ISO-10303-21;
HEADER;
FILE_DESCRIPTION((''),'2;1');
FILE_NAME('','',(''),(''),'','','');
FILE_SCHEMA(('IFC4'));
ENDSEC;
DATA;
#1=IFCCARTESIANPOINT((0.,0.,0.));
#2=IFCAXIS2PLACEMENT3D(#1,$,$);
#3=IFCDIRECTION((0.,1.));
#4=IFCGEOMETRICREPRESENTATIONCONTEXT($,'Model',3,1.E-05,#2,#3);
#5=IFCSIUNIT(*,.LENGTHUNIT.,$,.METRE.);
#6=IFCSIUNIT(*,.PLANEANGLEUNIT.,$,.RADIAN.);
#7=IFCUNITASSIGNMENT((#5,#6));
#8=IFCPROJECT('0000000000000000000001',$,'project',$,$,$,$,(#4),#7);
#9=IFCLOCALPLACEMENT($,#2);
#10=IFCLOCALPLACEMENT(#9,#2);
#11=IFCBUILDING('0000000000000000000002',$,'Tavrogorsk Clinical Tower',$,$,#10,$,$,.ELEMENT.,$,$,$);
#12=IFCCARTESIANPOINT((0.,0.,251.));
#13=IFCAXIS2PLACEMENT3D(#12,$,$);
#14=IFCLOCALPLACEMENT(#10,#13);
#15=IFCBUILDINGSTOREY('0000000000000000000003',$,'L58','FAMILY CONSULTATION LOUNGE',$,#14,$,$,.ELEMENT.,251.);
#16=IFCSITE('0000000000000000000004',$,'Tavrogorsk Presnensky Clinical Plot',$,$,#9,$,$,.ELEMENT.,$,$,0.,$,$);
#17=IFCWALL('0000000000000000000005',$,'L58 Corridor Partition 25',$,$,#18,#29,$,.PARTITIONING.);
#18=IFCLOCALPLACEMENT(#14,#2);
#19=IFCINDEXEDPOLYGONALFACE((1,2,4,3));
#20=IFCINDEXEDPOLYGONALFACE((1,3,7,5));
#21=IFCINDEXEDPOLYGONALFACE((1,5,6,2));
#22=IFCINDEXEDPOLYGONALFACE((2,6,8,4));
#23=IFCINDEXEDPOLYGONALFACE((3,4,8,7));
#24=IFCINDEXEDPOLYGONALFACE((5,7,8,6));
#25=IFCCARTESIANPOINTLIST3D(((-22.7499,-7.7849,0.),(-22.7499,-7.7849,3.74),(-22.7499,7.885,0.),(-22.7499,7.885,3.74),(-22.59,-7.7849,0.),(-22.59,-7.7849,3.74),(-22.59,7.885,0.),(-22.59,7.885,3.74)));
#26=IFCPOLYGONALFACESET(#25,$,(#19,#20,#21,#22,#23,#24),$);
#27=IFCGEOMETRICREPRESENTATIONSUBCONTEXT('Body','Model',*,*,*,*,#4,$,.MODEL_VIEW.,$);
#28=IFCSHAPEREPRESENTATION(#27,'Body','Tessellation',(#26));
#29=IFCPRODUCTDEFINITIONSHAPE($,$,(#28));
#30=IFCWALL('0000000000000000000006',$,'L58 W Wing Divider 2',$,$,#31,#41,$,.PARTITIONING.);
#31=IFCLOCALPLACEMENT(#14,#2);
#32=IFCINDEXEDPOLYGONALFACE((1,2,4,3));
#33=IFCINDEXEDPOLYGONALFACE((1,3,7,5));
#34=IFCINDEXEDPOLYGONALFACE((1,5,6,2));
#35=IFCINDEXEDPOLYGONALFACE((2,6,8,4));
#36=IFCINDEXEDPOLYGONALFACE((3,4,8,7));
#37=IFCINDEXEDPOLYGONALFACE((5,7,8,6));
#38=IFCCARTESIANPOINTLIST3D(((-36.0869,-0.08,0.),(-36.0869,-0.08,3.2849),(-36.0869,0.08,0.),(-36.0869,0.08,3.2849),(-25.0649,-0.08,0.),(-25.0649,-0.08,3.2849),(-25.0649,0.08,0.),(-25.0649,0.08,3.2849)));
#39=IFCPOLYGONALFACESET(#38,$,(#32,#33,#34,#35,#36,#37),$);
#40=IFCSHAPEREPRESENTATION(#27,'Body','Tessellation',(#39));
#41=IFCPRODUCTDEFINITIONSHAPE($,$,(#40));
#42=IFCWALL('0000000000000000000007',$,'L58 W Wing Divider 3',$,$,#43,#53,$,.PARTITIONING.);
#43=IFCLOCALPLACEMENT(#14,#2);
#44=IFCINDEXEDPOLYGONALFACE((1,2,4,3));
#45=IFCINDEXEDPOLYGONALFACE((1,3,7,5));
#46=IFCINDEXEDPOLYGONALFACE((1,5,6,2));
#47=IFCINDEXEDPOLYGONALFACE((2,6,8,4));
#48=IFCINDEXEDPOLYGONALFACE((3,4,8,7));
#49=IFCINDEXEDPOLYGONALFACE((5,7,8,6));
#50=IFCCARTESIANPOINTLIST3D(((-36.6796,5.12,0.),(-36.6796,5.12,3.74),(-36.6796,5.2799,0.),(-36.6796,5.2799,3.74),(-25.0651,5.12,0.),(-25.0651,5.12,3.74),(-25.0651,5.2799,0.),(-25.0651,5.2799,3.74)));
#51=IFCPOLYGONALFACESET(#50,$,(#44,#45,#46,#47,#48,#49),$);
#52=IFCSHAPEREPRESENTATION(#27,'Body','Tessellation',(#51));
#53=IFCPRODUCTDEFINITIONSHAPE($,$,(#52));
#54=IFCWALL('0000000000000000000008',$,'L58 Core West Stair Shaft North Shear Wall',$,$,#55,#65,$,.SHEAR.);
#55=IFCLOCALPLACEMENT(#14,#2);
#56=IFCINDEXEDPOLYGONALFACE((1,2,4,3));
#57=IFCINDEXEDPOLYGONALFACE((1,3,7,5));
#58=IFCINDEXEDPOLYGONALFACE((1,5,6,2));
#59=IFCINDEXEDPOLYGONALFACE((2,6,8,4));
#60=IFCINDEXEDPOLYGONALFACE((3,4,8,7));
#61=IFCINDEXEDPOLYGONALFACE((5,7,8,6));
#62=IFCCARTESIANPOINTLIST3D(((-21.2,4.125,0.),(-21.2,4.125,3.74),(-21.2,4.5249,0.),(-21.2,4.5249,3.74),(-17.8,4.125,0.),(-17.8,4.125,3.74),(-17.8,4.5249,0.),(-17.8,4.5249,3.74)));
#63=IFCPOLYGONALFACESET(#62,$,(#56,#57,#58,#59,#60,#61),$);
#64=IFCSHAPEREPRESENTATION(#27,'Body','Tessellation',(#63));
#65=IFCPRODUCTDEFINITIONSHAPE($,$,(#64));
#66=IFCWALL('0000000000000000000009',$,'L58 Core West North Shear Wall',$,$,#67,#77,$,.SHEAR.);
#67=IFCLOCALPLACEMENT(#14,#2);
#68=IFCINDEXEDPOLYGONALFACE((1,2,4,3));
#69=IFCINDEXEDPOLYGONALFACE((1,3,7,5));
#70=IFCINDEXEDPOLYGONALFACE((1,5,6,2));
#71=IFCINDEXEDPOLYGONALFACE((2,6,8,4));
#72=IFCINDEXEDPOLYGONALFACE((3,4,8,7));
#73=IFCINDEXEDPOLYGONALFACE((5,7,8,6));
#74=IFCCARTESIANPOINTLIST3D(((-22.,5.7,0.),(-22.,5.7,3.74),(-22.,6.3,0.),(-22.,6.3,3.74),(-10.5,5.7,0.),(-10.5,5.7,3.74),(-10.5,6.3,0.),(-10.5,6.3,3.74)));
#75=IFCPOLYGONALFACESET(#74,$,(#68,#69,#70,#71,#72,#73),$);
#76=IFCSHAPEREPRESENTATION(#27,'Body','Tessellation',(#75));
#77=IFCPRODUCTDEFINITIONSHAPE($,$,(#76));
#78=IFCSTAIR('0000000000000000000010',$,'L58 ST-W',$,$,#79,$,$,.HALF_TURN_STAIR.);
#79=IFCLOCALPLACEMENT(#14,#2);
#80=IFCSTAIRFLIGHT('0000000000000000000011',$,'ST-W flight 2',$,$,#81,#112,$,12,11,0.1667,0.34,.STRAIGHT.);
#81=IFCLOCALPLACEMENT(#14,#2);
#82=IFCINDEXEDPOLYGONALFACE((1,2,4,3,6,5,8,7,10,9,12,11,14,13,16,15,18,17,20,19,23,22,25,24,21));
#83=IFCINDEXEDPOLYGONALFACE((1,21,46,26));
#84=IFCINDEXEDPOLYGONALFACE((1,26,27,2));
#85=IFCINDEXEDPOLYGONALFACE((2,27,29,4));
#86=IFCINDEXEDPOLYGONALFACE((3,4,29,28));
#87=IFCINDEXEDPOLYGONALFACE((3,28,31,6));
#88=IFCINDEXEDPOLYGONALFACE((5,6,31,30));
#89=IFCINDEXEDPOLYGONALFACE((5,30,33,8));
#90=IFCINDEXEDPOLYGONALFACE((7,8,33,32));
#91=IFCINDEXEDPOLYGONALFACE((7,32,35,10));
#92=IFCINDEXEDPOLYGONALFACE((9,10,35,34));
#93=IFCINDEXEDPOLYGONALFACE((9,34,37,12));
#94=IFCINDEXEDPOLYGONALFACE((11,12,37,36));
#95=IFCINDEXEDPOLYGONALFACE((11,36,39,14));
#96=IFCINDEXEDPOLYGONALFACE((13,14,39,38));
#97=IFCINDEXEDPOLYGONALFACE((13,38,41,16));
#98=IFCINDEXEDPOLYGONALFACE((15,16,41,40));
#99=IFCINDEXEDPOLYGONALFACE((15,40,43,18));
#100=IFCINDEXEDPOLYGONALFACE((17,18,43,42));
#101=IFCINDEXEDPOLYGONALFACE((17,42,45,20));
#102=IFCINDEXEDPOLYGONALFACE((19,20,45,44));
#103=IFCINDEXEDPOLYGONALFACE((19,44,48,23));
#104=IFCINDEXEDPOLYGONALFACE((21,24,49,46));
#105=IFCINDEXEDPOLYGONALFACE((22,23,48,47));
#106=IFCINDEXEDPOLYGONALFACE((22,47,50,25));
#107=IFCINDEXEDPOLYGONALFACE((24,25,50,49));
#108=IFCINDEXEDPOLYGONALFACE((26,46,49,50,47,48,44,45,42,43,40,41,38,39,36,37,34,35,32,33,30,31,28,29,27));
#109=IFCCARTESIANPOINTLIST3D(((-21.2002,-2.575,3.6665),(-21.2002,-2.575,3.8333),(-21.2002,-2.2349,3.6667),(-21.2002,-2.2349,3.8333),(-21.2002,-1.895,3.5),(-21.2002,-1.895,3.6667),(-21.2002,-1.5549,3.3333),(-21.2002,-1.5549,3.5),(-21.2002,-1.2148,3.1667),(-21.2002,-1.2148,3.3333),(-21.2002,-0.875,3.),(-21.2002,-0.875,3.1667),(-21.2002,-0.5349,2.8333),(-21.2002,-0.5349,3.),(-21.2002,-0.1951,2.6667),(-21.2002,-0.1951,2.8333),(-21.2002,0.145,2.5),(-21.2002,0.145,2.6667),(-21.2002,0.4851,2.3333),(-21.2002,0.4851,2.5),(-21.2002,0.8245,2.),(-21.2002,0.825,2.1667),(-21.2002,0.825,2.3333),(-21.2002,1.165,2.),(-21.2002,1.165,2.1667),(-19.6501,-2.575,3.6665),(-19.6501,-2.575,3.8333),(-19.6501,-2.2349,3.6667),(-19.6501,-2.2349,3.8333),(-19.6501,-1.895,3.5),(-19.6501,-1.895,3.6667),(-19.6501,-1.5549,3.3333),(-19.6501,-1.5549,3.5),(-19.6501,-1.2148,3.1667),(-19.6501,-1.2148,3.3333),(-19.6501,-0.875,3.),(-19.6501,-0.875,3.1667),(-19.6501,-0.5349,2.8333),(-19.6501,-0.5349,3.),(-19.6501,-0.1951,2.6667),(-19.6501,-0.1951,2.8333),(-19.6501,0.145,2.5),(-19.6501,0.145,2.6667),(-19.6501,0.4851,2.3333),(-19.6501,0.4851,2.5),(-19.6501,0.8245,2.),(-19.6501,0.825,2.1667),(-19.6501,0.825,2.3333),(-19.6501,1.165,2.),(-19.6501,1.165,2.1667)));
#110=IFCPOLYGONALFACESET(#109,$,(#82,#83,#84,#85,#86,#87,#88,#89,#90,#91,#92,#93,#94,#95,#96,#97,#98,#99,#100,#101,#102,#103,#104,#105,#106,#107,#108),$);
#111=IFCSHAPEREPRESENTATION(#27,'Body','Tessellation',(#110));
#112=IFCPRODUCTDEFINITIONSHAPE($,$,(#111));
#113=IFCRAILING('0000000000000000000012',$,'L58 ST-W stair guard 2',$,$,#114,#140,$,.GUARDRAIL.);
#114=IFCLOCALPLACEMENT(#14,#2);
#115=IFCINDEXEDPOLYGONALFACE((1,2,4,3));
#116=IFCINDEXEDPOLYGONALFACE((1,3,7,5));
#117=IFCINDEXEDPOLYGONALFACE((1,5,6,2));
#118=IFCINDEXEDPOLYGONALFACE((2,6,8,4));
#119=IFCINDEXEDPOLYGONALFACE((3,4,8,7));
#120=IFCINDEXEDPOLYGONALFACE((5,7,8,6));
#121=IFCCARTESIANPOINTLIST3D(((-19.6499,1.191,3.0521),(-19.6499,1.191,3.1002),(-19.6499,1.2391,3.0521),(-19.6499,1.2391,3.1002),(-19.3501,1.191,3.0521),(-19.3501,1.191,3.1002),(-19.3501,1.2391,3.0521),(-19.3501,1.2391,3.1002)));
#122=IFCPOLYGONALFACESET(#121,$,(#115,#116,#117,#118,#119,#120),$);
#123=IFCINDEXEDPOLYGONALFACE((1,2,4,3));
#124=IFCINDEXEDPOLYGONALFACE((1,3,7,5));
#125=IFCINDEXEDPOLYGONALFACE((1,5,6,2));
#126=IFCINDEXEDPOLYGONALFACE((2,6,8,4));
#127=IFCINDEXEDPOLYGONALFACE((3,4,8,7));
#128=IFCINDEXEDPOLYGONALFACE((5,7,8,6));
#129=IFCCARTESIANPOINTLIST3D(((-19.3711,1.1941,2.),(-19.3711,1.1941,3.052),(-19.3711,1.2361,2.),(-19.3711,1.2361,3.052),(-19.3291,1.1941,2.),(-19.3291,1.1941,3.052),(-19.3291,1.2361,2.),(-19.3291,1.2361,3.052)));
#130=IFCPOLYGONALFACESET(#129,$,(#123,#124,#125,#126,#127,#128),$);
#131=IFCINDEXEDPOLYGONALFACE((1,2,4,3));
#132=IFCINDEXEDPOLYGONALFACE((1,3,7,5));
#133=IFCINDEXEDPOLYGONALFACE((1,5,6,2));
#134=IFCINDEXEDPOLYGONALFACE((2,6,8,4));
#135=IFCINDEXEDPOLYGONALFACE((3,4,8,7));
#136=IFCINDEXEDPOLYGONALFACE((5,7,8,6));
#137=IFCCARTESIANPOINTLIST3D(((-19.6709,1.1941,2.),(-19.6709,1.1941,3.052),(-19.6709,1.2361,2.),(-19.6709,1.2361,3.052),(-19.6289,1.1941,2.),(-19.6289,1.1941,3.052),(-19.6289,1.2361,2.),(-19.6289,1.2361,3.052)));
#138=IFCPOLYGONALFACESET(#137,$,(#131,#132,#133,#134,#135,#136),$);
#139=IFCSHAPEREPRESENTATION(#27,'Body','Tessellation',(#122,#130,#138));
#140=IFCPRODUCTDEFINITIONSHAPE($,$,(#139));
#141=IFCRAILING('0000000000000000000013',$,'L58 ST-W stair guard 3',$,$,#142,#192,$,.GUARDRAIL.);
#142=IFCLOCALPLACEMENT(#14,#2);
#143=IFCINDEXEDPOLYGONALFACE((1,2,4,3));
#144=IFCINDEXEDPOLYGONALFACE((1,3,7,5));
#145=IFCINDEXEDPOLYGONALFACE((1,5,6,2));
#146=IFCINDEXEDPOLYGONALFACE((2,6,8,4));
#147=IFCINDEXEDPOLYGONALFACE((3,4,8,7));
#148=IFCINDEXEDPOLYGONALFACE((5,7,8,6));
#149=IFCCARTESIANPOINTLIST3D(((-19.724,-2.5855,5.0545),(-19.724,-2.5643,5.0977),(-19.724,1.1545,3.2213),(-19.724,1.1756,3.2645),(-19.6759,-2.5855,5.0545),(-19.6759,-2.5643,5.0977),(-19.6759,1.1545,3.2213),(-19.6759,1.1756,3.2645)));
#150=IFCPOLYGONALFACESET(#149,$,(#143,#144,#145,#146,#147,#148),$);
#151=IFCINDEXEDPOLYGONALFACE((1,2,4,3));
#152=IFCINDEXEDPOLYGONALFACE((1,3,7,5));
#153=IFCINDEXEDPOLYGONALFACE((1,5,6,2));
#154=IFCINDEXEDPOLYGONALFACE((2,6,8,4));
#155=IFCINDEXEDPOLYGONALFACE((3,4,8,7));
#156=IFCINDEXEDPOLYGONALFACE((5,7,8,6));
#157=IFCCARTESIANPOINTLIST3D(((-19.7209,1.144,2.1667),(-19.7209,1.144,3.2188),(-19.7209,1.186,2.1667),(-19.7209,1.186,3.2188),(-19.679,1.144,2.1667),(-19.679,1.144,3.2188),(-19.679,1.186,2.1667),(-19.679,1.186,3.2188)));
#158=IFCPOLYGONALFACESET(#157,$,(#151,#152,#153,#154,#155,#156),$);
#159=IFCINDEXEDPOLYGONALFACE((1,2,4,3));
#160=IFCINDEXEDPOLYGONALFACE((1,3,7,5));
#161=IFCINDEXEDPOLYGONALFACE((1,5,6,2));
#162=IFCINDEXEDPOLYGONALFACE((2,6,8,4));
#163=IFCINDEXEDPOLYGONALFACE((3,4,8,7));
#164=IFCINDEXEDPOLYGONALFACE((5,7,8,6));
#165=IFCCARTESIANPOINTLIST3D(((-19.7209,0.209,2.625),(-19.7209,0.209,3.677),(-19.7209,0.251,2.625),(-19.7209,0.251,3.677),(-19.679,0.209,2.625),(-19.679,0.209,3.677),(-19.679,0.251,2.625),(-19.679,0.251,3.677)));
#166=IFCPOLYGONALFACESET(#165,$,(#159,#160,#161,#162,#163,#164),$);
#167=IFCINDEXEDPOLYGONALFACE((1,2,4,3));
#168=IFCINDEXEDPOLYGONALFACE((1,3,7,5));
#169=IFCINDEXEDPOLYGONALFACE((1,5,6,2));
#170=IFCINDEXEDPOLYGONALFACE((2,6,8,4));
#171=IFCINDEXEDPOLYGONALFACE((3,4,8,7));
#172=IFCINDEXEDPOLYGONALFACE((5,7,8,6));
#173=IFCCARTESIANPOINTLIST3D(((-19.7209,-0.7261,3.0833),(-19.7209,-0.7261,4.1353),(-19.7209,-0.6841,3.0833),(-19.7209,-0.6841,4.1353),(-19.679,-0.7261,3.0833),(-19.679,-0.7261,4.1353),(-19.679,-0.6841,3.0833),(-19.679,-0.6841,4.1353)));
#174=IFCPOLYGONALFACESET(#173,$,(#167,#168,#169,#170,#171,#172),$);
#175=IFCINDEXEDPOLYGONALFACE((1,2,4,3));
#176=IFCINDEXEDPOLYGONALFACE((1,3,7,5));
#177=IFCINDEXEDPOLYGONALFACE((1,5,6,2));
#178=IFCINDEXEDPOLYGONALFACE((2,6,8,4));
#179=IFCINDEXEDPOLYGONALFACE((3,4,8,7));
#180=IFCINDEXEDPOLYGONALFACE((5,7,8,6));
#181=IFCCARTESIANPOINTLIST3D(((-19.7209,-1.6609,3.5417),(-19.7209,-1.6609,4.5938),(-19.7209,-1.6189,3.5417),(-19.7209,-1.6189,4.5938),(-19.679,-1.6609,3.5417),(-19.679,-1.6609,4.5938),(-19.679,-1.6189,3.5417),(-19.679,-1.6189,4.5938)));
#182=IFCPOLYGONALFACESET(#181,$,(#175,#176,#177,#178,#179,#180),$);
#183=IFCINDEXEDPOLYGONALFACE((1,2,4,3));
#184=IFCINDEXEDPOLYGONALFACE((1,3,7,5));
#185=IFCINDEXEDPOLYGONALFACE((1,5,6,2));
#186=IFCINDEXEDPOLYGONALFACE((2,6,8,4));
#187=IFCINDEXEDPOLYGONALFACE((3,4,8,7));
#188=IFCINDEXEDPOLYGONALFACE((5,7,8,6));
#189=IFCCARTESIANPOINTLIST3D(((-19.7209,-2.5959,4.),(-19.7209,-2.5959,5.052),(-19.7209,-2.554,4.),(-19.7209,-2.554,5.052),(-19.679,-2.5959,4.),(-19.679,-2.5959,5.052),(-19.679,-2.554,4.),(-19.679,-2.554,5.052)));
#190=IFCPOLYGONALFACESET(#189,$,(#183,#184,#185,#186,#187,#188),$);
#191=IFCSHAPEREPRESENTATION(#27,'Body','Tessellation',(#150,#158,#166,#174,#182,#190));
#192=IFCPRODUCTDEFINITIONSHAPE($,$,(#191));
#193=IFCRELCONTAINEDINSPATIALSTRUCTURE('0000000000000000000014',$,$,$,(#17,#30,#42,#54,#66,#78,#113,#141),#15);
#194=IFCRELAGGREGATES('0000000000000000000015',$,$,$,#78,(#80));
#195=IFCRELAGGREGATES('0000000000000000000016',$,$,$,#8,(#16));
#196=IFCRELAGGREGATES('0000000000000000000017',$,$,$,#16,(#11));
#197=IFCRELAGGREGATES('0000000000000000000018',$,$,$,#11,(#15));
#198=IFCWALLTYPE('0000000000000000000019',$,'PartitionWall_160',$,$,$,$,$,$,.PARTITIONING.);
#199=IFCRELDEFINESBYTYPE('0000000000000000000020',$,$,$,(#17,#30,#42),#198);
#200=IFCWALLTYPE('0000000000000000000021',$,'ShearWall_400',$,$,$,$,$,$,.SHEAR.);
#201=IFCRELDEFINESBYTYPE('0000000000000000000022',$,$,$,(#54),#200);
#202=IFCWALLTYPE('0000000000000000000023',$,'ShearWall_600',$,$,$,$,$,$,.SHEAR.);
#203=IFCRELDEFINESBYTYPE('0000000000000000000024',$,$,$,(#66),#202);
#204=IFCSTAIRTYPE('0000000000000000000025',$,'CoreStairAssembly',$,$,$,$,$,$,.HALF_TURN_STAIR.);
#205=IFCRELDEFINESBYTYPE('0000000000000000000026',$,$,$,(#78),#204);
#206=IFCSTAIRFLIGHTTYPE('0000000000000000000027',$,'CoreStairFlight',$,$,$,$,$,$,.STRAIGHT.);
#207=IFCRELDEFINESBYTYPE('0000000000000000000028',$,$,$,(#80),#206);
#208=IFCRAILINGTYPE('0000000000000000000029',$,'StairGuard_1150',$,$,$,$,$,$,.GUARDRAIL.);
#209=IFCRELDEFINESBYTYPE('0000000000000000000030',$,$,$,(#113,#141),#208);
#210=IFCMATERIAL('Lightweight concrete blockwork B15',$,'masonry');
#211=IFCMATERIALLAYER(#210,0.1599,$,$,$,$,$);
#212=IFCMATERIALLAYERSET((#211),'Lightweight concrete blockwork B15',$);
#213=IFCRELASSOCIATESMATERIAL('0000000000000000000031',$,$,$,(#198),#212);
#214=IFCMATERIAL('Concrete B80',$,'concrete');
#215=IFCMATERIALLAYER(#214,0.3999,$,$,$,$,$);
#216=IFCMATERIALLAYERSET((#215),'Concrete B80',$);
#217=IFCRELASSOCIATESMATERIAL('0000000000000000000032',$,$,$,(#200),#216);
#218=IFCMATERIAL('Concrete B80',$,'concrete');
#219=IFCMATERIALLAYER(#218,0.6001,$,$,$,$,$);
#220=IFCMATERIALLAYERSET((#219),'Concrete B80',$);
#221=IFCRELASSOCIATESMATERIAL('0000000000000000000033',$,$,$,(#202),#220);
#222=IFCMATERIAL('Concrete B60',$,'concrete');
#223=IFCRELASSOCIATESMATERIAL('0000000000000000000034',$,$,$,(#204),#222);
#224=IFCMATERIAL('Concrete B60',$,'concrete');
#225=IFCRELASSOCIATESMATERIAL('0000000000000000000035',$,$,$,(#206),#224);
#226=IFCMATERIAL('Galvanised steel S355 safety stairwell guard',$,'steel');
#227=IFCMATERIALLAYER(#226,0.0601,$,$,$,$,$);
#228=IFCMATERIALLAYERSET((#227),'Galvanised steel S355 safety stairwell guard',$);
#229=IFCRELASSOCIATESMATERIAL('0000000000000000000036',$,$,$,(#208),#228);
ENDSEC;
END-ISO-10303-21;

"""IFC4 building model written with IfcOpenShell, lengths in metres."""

from ifc_helpers import new_model, si_unit, direction, frame, frame_2d, origin, origin_2d, place, context, subcontext, project, spatial, polyline, rectangle, outline, extrude, material, layer, layer_set, type_object, element, aggregate, save


model = new_model("IFC4")

# Units and contexts
model_context = context("Model", 3, precision=1e-05, world=origin(), true_north=direction((0.0, 1.0)))
body_context = subcontext(model_context, "Body", "Model", "MODEL_VIEW")
ifc_project = project(units=[si_unit("LENGTHUNIT", "METRE"), si_unit("PLANEANGLEUNIT", "RADIAN")], contexts=[model_context])

# Site, building, storey
site_placement = place(None, origin())
site = spatial("IfcSite", under=ifc_project, at=site_placement, Name="Tavrogorsk Presnensky Clinical Plot", CompositionType="ELEMENT", RefElevation=0.0)
building_placement = place(site_placement, origin())
building = spatial("IfcBuilding", under=site, at=building_placement, Name="Tavrogorsk Clinical Tower", CompositionType="ELEMENT")
storey_placement = place(building_placement, frame((0.0, 0.0, 251.0)))
storey = spatial("IfcBuildingStorey", under=building, at=storey_placement, Name="L58", Description="FAMILY CONSULTATION LOUNGE", CompositionType="ELEMENT", Elevation=251.0)

# Shared definitions
ifc_material_1 = material(Name="Lightweight concrete blockwork B15", Category="masonry")
ifc_layer_1 = layer(ifc_material_1, 0.1599)
ifc_layer_set_1 = layer_set([ifc_layer_1], Name="Lightweight concrete blockwork B15")
wall_type_1 = type_object("IfcWallType", Name="PartitionWall_160", PredefinedType="PARTITIONING", material=ifc_layer_set_1)

# Walls
wall_1_placement = place(storey_placement, frame((-22.6699, 7.885, 0.0), z_axis=(0.0, 0.0, 1.0), x_axis=(0.0, -1.0, 0.0)))
element("IfcWall", 1, at=wall_1_placement, inside=storey, type_object=wall_type_1, Name="L58 Corridor Partition 25", PredefinedType="PARTITIONING", context=body_context, shape_type="SweptSolid", body=[
    extrude(rectangle(XDim=15.6699, YDim=0.1599, at=frame_2d((7.835, 0.0))), origin(), (0.0, 0.0, 1.0), 3.74),
])
wall_2_placement = place(storey_placement, frame((-36.0869, 0.0, 0.0), z_axis=(0.0, 0.0, 1.0), x_axis=(1.0, 0.0, 0.0)))
element("IfcWall", 2, at=wall_2_placement, inside=storey, type_object=wall_type_1, Name="L58 W Wing Divider 2", PredefinedType="PARTITIONING", context=body_context, shape_type="SweptSolid", body=[
    extrude(rectangle(XDim=11.022, YDim=0.1599, at=frame_2d((5.511, 0.0))), origin(), (0.0, 0.0, 1.0), 3.2849),
])
wall_3_placement = place(storey_placement, frame((-36.6794, 5.2, 0.0), z_axis=(0.0, 0.0, 1.0), x_axis=(1.0, 0.0, 0.0)))
element("IfcWall", 3, at=wall_3_placement, inside=storey, type_object=wall_type_1, Name="L58 W Wing Divider 3", PredefinedType="PARTITIONING", context=body_context, shape_type="SweptSolid", body=[
    extrude(rectangle(XDim=11.6145, YDim=0.1599, at=frame_2d((5.8071, 0.0))), origin(), (0.0, 0.0, 1.0), 3.74),
])
ifc_material_2 = material(Name="Concrete B80", Category="concrete")
ifc_layer_2 = layer(ifc_material_2, 0.3999)
ifc_layer_set_2 = layer_set([ifc_layer_2], Name="Concrete B80")
wall_type_2 = type_object("IfcWallType", Name="ShearWall_400", PredefinedType="SHEAR", material=ifc_layer_set_2)
wall_4_placement = place(storey_placement, frame((-21.2, 4.325, 0.0), z_axis=(0.0, 0.0, 1.0), x_axis=(1.0, 0.0, 0.0)))
element("IfcWall", 4, at=wall_4_placement, inside=storey, type_object=wall_type_2, Name="L58 Core West Stair Shaft North Shear Wall", PredefinedType="SHEAR", context=body_context, shape_type="SweptSolid", body=[
    extrude(rectangle(XDim=3.3999, YDim=0.3999, at=frame_2d((1.7, 0.0))), origin(), (0.0, 0.0, 1.0), 3.74),
])
ifc_material_3 = material(Name="Concrete B80", Category="concrete")
ifc_layer_3 = layer(ifc_material_3, 0.6001)
ifc_layer_set_3 = layer_set([ifc_layer_3], Name="Concrete B80")
wall_type_3 = type_object("IfcWallType", Name="ShearWall_600", PredefinedType="SHEAR", material=ifc_layer_set_3)
wall_5_placement = place(storey_placement, frame((-22.0, 6.0, 0.0), z_axis=(0.0, 0.0, 1.0), x_axis=(1.0, 0.0, 0.0)))
element("IfcWall", 5, at=wall_5_placement, inside=storey, type_object=wall_type_3, Name="L58 Core West North Shear Wall", PredefinedType="SHEAR", context=body_context, shape_type="SweptSolid", body=[
    extrude(rectangle(XDim=11.5, YDim=0.6001, at=frame_2d((5.75, 0.0))), origin(), (0.0, 0.0, 1.0), 3.74),
])

# Stair, stair flight
ifc_material_4 = material(Name="Concrete B60", Category="concrete")
stair_type = type_object("IfcStairType", Name="CoreStairAssembly", PredefinedType="HALF_TURN_STAIR", material=ifc_material_4)
stair_placement = place(storey_placement, origin())
stair = element("IfcStair", 6, at=stair_placement, inside=storey, type_object=stair_type, Name="L58 ST-W", PredefinedType="HALF_TURN_STAIR")
ifc_material_5 = material(Name="Concrete B60", Category="concrete")
stair_flight_type = type_object("IfcStairFlightType", Name="CoreStairFlight", PredefinedType="STRAIGHT", material=ifc_material_5)
stair_flight_placement = place(storey_placement, frame((-20.425, 1.165, 2.0), z_axis=(0.0, 0.0, 1.0), x_axis=(0.0, -1.0, 0.0)))
stair_flight = element("IfcStairFlight", 7, at=stair_flight_placement, type_object=stair_flight_type, Name="ST-W flight 2", NumberOfRisers=12, NumberOfTreads=11, PredefinedType="STRAIGHT", RiserHeight=0.1667, TreadLength=0.34, context=body_context, shape_type="SweptSolid", body=[
    extrude(outline(polyline([(0.0, 0.0), (0.0, 0.1667), (0.3401, 0.1667), (0.3401, 0.3333), (0.6799, 0.3333), (0.6799, 0.5), (1.02, 0.5), (1.02, 0.6667), (1.3601, 0.6667), (1.3601, 0.8333), (1.7, 0.8333), (1.7, 1.0), (2.04, 1.0), (2.04, 1.1667), (2.3799, 1.1667), (2.3799, 1.3333), (2.72, 1.3333), (2.72, 1.5), (3.0601, 1.5), (3.0601, 1.6667), (3.3999, 1.6667), (3.3999, 1.8333), (3.74, 1.8333), (3.74, 2.0), (3.74, 1.6665), (0.3406, 0.0), (0.0, 0.0)])), frame((0.0, 0.7749, 0.0), z_axis=(0.0, -1.0, 0.0), x_axis=(1.0, 0.0, 0.0)), (0.0, 0.0, 1.0), 1.55),
])
aggregate(stair, [stair_flight])

# Railings
ifc_material_6 = material(Name="Galvanised steel S355 safety stairwell guard", Category="steel")
ifc_layer_4 = layer(ifc_material_6, 0.0601)
ifc_layer_set_4 = layer_set([ifc_layer_4], Name="Galvanised steel S355 safety stairwell guard")
railing_type_1 = type_object("IfcRailingType", Name="StairGuard_1150", PredefinedType="GUARDRAIL", material=ifc_layer_set_4)
railing_1_placement = place(storey_placement, frame((-19.3501, 1.2151, 2.0)))
element("IfcRailing", 8, at=railing_1_placement, inside=storey, type_object=railing_type_1, Name="L58 ST-W stair guard 2", PredefinedType="GUARDRAIL", context=body_context, shape_type="SweptSolid", body=[
    extrude(rectangle(XDim=0.0481, YDim=0.0481, at=origin_2d()), frame((0.0, 0.0, 1.0762), z_axis=(-1.0, 0.0, 0.0), x_axis=(0.0, -1.0, 0.0)), (0.0, 0.0, 1.0), 0.2998),
    extrude(rectangle(XDim=0.042, YDim=0.042, at=origin_2d()), origin(), (0.0, 0.0, 1.0), 1.052),
    extrude(rectangle(XDim=0.042, YDim=0.042, at=origin_2d()), frame((-0.2998, 0.0, 0.0)), (0.0, 0.0, 1.0), 1.052),
])
railing_2_placement = place(storey_placement, frame((-19.7, 1.165, 2.1667)))
element("IfcRailing", 9, at=railing_2_placement, inside=storey, type_object=railing_type_1, Name="L58 ST-W stair guard 3", PredefinedType="GUARDRAIL", context=body_context, shape_type="SweptSolid", body=[
    extrude(rectangle(XDim=0.0481, YDim=0.0481, at=origin_2d()), frame((0.0, 0.0, 1.0762), z_axis=(0.0, -0.897928, 0.440142), x_axis=(1.0, 0.0, 0.0)), (0.0, 0.0, 1.0), 4.165),
    extrude(rectangle(XDim=0.042, YDim=0.042, at=origin_2d()), origin(), (0.0, 0.0, 1.0), 1.052),
    extrude(rectangle(XDim=0.042, YDim=0.042, at=origin_2d()), frame((0.0, -0.9351, 0.4583)), (0.0, 0.0, 1.0), 1.052),
    extrude(rectangle(XDim=0.042, YDim=0.042, at=origin_2d()), frame((0.0, -1.8701, 0.9165)), (0.0, 0.0, 1.0), 1.052),
    extrude(rectangle(XDim=0.042, YDim=0.042, at=origin_2d()), frame((0.0, -2.8049, 1.375)), (0.0, 0.0, 1.0), 1.052),
    extrude(rectangle(XDim=0.042, YDim=0.042, at=origin_2d()), frame((0.0, -3.74, 1.8333)), (0.0, 0.0, 1.0), 1.052),
])

save(model, "model.ifc")
